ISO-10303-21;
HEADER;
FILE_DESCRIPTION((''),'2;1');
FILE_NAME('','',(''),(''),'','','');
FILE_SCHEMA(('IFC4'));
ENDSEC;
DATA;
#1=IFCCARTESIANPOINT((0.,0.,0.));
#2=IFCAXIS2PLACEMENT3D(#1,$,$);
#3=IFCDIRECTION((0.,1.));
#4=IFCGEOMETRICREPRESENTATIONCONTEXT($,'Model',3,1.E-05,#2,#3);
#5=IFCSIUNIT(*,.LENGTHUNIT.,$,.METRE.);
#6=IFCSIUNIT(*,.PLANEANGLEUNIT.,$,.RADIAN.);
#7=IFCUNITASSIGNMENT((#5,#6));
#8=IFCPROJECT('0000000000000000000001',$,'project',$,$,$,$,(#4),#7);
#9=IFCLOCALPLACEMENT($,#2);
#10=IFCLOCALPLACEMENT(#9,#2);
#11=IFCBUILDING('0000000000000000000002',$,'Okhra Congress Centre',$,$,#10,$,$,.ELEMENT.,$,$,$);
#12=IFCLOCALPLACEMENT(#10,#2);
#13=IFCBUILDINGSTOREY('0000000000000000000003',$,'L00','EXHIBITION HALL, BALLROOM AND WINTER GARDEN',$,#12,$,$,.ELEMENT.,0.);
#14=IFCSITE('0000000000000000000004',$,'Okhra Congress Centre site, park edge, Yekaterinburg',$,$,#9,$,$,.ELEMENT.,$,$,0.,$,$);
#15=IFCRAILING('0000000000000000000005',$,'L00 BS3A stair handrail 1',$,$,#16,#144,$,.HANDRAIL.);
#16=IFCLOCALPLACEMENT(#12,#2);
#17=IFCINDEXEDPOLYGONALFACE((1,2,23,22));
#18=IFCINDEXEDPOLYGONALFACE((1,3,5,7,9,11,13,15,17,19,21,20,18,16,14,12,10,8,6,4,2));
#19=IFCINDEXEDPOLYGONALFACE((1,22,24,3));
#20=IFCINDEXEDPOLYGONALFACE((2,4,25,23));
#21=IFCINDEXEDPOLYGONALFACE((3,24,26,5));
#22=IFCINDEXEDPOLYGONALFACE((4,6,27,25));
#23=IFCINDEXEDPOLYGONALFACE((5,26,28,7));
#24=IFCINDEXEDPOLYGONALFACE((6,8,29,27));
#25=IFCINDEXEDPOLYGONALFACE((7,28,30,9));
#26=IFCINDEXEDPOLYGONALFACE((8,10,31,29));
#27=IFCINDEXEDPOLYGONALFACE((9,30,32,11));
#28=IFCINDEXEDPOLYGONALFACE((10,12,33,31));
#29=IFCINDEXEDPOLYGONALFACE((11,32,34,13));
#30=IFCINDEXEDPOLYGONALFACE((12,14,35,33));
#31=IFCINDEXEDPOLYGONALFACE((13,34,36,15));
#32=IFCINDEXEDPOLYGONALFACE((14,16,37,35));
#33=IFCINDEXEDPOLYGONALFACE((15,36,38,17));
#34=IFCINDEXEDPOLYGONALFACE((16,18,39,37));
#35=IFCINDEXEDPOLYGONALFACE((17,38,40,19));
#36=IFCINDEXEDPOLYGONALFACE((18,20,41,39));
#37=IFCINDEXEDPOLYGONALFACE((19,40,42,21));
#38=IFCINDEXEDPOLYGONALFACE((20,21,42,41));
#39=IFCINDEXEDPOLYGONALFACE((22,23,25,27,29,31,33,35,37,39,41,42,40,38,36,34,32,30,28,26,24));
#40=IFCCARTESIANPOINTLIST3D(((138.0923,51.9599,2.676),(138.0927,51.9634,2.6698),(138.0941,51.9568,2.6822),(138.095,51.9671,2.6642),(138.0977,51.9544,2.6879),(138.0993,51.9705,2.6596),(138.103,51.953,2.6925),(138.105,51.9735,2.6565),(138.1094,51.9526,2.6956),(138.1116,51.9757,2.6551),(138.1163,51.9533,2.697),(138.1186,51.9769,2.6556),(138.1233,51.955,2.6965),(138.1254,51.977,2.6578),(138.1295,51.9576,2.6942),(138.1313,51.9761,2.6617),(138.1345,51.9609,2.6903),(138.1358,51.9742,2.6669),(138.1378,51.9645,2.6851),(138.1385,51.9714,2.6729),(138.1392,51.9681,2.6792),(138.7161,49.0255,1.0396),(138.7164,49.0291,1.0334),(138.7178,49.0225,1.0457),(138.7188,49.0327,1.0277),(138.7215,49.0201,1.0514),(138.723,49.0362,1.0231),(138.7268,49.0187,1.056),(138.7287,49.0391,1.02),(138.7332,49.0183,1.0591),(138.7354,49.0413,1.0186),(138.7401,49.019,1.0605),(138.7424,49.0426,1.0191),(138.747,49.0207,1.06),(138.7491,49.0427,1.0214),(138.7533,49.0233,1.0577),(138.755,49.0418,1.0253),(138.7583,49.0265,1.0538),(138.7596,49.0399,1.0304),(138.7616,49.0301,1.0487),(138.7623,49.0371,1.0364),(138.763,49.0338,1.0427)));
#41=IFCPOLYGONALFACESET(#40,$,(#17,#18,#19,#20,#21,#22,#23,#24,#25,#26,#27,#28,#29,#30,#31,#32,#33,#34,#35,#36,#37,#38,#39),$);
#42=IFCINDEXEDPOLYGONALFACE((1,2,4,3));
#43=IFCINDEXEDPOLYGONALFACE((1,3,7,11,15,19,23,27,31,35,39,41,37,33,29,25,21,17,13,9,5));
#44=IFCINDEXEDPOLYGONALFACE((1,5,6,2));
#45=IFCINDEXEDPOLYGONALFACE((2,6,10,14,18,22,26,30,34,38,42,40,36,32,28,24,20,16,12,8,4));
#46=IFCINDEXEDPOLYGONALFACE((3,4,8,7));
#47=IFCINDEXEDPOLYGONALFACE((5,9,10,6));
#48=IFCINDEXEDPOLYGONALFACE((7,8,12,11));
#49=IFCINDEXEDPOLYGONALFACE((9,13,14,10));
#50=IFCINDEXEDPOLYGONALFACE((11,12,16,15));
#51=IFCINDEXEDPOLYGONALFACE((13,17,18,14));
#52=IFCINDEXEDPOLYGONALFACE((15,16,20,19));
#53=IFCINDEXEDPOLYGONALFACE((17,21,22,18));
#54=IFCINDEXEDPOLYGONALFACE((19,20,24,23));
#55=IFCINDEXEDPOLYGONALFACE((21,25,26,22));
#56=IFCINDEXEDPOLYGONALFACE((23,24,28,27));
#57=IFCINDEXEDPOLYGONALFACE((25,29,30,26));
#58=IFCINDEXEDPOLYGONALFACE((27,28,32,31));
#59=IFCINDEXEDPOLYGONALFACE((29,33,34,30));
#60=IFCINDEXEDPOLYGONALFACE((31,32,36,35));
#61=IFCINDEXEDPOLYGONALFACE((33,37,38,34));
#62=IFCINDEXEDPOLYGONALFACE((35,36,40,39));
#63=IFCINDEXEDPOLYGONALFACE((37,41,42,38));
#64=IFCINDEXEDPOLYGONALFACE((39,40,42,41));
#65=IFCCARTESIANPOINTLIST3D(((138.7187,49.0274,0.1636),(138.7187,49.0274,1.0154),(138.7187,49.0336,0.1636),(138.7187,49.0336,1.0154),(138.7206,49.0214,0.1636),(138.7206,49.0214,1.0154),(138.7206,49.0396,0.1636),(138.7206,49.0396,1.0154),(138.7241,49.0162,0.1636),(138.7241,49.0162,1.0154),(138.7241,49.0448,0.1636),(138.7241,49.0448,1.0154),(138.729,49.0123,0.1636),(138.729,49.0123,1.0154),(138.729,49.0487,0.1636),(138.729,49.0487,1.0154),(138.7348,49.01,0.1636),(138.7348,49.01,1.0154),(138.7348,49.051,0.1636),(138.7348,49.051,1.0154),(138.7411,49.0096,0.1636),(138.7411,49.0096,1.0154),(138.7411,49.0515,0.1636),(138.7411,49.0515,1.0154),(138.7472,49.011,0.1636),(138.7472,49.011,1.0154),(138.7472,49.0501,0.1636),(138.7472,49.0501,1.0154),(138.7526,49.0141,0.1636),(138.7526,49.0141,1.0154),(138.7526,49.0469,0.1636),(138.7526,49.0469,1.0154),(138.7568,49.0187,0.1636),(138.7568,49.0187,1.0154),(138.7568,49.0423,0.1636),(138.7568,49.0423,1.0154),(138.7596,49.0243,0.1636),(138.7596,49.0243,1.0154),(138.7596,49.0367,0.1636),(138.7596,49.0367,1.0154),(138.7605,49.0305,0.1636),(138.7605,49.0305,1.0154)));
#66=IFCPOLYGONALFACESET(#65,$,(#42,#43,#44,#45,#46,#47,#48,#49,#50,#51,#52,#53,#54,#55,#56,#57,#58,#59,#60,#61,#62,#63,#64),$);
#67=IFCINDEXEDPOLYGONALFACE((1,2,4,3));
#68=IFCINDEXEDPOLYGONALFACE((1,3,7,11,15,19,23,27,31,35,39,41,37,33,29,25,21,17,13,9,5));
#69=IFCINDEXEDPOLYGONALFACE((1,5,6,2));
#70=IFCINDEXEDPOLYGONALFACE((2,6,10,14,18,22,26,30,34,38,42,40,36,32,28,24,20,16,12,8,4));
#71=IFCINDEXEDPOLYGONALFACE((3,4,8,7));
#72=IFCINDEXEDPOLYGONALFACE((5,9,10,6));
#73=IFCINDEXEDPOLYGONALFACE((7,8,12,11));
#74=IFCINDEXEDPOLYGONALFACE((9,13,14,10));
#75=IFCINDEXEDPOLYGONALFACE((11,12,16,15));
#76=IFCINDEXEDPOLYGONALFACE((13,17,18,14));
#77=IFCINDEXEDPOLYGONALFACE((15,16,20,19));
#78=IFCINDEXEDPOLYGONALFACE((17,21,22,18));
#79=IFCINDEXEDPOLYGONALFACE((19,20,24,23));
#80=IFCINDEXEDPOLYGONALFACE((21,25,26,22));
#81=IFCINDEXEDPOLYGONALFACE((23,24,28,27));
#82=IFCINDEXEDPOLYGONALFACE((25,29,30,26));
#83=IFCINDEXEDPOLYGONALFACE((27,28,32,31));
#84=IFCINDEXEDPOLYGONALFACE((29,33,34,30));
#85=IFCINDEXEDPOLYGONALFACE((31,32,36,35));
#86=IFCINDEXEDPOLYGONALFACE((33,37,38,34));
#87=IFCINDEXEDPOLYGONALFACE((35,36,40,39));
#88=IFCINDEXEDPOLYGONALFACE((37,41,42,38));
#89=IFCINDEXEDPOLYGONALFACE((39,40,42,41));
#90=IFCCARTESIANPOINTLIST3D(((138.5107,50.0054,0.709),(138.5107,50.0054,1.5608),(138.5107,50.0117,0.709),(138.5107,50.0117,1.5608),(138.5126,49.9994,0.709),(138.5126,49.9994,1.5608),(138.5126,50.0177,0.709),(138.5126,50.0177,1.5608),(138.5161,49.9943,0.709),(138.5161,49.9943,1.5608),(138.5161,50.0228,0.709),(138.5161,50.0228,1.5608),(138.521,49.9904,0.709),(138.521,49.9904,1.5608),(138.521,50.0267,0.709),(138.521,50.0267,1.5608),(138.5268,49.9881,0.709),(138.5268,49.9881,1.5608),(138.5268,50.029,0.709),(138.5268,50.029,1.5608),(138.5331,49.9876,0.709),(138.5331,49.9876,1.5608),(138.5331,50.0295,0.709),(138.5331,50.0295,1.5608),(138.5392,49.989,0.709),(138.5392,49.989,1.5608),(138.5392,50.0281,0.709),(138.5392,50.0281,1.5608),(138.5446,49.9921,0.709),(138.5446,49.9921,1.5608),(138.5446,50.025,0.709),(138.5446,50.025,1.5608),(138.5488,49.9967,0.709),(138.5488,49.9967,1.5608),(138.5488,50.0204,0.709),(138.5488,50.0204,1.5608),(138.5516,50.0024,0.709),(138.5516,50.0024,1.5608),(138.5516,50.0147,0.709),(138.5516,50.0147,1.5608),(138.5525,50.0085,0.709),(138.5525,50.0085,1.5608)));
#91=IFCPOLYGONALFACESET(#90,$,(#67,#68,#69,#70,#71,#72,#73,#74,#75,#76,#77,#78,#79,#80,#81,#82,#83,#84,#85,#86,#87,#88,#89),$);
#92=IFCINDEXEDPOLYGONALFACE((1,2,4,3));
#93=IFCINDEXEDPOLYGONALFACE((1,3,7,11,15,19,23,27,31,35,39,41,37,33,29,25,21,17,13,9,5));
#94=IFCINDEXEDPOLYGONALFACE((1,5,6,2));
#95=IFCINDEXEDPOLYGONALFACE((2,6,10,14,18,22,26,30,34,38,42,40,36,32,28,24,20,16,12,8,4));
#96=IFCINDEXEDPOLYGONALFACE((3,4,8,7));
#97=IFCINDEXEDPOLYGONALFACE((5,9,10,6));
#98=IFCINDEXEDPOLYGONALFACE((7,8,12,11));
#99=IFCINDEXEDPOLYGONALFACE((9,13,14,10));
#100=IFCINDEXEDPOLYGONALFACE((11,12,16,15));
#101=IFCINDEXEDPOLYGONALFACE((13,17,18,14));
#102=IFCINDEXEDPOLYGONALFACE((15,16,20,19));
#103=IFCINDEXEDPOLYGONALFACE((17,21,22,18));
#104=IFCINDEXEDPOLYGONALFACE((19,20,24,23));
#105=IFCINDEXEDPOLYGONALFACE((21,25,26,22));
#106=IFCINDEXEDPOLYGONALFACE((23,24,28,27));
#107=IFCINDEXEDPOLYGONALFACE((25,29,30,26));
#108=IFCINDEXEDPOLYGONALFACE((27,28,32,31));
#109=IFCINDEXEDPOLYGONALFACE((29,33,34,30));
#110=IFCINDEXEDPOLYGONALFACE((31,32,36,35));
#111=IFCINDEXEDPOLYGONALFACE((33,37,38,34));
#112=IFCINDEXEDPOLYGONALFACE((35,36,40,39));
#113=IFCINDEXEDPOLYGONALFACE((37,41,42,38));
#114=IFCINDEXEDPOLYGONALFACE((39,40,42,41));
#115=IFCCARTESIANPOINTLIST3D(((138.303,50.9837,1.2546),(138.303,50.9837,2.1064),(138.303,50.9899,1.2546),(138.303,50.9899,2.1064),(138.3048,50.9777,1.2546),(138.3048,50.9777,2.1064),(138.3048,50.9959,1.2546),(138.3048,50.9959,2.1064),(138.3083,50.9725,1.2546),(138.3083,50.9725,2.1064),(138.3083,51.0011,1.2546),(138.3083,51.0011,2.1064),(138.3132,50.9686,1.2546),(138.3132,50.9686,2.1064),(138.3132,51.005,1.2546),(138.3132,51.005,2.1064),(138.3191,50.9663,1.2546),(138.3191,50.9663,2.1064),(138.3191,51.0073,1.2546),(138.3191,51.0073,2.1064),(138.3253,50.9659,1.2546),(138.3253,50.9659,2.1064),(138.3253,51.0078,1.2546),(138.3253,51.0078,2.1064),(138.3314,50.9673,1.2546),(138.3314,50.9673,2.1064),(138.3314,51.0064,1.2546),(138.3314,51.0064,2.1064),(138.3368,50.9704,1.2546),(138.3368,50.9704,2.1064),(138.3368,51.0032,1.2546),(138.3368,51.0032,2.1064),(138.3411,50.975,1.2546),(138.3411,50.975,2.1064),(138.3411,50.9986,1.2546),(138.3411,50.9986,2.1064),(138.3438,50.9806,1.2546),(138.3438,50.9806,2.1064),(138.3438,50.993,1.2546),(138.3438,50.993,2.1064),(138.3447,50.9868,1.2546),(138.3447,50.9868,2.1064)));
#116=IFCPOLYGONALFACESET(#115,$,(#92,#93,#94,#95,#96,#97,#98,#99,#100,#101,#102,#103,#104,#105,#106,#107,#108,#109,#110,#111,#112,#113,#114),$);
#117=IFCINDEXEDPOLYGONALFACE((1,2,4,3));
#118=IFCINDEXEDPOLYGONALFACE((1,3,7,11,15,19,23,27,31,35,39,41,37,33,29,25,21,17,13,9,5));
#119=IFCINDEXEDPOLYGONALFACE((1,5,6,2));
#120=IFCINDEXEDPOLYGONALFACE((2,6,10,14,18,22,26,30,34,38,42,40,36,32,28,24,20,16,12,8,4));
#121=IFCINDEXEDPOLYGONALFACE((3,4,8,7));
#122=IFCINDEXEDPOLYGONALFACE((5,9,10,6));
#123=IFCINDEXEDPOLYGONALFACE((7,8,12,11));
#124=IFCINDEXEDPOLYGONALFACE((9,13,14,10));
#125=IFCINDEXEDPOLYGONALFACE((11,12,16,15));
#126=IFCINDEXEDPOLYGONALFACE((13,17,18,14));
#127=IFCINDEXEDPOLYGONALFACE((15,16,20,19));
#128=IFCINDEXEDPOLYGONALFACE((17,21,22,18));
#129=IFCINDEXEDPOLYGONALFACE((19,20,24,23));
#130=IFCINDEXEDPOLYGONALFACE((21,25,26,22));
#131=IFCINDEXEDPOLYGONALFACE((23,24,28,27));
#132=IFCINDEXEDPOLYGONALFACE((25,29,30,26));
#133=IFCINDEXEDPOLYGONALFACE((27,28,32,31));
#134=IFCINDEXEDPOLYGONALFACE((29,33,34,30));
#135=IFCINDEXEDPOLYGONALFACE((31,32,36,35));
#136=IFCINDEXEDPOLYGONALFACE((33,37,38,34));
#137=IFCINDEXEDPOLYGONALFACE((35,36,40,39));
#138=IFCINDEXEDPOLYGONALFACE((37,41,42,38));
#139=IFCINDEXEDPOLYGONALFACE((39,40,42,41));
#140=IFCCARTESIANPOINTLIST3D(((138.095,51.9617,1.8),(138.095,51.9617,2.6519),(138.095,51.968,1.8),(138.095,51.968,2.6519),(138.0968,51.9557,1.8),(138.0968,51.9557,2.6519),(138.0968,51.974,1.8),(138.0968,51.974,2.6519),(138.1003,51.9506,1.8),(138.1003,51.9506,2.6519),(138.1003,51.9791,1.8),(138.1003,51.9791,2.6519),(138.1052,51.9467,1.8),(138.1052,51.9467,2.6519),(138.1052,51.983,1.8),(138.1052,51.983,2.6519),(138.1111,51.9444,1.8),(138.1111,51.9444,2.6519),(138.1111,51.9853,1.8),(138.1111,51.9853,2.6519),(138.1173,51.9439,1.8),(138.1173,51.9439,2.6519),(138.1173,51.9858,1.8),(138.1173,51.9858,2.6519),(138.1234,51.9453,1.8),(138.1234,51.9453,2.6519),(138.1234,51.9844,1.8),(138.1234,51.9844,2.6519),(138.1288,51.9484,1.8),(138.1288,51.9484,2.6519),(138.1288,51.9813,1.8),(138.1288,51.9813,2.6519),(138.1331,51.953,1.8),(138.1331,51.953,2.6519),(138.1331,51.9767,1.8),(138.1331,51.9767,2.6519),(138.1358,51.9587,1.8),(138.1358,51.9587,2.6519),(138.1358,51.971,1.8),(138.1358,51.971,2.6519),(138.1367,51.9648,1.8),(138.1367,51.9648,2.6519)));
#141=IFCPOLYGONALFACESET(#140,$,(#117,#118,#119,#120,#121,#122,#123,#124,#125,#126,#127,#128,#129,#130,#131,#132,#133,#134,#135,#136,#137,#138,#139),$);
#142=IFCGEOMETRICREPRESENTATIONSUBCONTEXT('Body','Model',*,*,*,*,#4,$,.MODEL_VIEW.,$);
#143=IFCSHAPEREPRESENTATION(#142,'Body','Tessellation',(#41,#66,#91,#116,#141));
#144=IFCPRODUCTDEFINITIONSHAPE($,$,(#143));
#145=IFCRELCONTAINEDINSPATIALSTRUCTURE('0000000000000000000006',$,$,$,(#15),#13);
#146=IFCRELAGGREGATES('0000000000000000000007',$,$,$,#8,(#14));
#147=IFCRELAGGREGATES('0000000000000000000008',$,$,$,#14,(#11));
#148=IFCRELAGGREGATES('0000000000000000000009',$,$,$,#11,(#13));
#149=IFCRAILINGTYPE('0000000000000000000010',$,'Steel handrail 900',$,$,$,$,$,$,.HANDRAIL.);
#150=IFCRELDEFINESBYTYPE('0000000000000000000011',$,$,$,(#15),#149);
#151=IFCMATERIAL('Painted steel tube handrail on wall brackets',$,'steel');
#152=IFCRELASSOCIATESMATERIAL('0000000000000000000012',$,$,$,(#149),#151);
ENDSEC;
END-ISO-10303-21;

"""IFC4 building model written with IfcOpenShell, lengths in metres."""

from ifc_helpers import new_model, si_unit, direction, frame, origin, origin_2d, place, context, subcontext, project, spatial, circle, extrude, material, type_object, element, save


model = new_model("IFC4")

# Units and contexts
model_context = context("Model", 3, precision=1e-05, world=origin(), true_north=direction((0.0, 1.0)))
body_context = subcontext(model_context, "Body", "Model", "MODEL_VIEW")
ifc_project = project(units=[si_unit("LENGTHUNIT", "METRE"), si_unit("PLANEANGLEUNIT", "RADIAN")], contexts=[model_context])

# Site, building, storey
site_placement = place(None, origin())
site = spatial("IfcSite", under=ifc_project, at=site_placement, Name="Okhra Congress Centre site, park edge, Yekaterinburg", CompositionType="ELEMENT", RefElevation=0.0)
building_placement = place(site_placement, origin())
building = spatial("IfcBuilding", under=site, at=building_placement, Name="Okhra Congress Centre", CompositionType="ELEMENT")
storey_placement = place(building_placement, origin())
storey = spatial("IfcBuildingStorey", under=building, at=storey_placement, Name="L00", Description="EXHIBITION HALL, BALLROOM AND WINTER GARDEN", CompositionType="ELEMENT", Elevation=0.0)

# Railing
ifc_material_1 = material(Name="Painted steel tube handrail on wall brackets", Category="steel")
railing_type_1 = type_object("IfcRailingType", Name="Steel handrail 900", PredefinedType="HANDRAIL", material=ifc_material_1)
railing_1_placement = place(storey_placement, frame((138.7395, 49.0305, 0.1636)))
element("IfcRailing", 1, at=railing_1_placement, inside=storey, type_object=railing_type_1, Name="L00 BS3A stair handrail 1", PredefinedType="HANDRAIL", context=body_context, shape_type="SweptSolid", body=[
    extrude(circle(Radius=0.0239, at=origin_2d()), frame((0.0, 0.0, 0.876), z_axis=(-0.18254, 0.858687, 0.47889), x_axis=(-0.978143, -0.207934, 0.0)), (0.0, 0.0, 1.0), 3.4172),
    extrude(circle(Radius=0.021, at=origin_2d()), origin(), (0.0, 0.0, 1.0), 0.8518),
    extrude(circle(Radius=0.021, at=origin_2d()), frame((-0.208, 0.978, 0.5454)), (0.0, 0.0, 1.0), 0.8518),
    extrude(circle(Radius=0.021, at=origin_2d()), frame((-0.4158, 1.9563, 1.0911)), (0.0, 0.0, 1.0), 0.8518),
    extrude(circle(Radius=0.021, at=origin_2d()), frame((-0.6238, 2.9343, 1.6365)), (0.0, 0.0, 1.0), 0.8518),
])

save(model, "model.ifc")
